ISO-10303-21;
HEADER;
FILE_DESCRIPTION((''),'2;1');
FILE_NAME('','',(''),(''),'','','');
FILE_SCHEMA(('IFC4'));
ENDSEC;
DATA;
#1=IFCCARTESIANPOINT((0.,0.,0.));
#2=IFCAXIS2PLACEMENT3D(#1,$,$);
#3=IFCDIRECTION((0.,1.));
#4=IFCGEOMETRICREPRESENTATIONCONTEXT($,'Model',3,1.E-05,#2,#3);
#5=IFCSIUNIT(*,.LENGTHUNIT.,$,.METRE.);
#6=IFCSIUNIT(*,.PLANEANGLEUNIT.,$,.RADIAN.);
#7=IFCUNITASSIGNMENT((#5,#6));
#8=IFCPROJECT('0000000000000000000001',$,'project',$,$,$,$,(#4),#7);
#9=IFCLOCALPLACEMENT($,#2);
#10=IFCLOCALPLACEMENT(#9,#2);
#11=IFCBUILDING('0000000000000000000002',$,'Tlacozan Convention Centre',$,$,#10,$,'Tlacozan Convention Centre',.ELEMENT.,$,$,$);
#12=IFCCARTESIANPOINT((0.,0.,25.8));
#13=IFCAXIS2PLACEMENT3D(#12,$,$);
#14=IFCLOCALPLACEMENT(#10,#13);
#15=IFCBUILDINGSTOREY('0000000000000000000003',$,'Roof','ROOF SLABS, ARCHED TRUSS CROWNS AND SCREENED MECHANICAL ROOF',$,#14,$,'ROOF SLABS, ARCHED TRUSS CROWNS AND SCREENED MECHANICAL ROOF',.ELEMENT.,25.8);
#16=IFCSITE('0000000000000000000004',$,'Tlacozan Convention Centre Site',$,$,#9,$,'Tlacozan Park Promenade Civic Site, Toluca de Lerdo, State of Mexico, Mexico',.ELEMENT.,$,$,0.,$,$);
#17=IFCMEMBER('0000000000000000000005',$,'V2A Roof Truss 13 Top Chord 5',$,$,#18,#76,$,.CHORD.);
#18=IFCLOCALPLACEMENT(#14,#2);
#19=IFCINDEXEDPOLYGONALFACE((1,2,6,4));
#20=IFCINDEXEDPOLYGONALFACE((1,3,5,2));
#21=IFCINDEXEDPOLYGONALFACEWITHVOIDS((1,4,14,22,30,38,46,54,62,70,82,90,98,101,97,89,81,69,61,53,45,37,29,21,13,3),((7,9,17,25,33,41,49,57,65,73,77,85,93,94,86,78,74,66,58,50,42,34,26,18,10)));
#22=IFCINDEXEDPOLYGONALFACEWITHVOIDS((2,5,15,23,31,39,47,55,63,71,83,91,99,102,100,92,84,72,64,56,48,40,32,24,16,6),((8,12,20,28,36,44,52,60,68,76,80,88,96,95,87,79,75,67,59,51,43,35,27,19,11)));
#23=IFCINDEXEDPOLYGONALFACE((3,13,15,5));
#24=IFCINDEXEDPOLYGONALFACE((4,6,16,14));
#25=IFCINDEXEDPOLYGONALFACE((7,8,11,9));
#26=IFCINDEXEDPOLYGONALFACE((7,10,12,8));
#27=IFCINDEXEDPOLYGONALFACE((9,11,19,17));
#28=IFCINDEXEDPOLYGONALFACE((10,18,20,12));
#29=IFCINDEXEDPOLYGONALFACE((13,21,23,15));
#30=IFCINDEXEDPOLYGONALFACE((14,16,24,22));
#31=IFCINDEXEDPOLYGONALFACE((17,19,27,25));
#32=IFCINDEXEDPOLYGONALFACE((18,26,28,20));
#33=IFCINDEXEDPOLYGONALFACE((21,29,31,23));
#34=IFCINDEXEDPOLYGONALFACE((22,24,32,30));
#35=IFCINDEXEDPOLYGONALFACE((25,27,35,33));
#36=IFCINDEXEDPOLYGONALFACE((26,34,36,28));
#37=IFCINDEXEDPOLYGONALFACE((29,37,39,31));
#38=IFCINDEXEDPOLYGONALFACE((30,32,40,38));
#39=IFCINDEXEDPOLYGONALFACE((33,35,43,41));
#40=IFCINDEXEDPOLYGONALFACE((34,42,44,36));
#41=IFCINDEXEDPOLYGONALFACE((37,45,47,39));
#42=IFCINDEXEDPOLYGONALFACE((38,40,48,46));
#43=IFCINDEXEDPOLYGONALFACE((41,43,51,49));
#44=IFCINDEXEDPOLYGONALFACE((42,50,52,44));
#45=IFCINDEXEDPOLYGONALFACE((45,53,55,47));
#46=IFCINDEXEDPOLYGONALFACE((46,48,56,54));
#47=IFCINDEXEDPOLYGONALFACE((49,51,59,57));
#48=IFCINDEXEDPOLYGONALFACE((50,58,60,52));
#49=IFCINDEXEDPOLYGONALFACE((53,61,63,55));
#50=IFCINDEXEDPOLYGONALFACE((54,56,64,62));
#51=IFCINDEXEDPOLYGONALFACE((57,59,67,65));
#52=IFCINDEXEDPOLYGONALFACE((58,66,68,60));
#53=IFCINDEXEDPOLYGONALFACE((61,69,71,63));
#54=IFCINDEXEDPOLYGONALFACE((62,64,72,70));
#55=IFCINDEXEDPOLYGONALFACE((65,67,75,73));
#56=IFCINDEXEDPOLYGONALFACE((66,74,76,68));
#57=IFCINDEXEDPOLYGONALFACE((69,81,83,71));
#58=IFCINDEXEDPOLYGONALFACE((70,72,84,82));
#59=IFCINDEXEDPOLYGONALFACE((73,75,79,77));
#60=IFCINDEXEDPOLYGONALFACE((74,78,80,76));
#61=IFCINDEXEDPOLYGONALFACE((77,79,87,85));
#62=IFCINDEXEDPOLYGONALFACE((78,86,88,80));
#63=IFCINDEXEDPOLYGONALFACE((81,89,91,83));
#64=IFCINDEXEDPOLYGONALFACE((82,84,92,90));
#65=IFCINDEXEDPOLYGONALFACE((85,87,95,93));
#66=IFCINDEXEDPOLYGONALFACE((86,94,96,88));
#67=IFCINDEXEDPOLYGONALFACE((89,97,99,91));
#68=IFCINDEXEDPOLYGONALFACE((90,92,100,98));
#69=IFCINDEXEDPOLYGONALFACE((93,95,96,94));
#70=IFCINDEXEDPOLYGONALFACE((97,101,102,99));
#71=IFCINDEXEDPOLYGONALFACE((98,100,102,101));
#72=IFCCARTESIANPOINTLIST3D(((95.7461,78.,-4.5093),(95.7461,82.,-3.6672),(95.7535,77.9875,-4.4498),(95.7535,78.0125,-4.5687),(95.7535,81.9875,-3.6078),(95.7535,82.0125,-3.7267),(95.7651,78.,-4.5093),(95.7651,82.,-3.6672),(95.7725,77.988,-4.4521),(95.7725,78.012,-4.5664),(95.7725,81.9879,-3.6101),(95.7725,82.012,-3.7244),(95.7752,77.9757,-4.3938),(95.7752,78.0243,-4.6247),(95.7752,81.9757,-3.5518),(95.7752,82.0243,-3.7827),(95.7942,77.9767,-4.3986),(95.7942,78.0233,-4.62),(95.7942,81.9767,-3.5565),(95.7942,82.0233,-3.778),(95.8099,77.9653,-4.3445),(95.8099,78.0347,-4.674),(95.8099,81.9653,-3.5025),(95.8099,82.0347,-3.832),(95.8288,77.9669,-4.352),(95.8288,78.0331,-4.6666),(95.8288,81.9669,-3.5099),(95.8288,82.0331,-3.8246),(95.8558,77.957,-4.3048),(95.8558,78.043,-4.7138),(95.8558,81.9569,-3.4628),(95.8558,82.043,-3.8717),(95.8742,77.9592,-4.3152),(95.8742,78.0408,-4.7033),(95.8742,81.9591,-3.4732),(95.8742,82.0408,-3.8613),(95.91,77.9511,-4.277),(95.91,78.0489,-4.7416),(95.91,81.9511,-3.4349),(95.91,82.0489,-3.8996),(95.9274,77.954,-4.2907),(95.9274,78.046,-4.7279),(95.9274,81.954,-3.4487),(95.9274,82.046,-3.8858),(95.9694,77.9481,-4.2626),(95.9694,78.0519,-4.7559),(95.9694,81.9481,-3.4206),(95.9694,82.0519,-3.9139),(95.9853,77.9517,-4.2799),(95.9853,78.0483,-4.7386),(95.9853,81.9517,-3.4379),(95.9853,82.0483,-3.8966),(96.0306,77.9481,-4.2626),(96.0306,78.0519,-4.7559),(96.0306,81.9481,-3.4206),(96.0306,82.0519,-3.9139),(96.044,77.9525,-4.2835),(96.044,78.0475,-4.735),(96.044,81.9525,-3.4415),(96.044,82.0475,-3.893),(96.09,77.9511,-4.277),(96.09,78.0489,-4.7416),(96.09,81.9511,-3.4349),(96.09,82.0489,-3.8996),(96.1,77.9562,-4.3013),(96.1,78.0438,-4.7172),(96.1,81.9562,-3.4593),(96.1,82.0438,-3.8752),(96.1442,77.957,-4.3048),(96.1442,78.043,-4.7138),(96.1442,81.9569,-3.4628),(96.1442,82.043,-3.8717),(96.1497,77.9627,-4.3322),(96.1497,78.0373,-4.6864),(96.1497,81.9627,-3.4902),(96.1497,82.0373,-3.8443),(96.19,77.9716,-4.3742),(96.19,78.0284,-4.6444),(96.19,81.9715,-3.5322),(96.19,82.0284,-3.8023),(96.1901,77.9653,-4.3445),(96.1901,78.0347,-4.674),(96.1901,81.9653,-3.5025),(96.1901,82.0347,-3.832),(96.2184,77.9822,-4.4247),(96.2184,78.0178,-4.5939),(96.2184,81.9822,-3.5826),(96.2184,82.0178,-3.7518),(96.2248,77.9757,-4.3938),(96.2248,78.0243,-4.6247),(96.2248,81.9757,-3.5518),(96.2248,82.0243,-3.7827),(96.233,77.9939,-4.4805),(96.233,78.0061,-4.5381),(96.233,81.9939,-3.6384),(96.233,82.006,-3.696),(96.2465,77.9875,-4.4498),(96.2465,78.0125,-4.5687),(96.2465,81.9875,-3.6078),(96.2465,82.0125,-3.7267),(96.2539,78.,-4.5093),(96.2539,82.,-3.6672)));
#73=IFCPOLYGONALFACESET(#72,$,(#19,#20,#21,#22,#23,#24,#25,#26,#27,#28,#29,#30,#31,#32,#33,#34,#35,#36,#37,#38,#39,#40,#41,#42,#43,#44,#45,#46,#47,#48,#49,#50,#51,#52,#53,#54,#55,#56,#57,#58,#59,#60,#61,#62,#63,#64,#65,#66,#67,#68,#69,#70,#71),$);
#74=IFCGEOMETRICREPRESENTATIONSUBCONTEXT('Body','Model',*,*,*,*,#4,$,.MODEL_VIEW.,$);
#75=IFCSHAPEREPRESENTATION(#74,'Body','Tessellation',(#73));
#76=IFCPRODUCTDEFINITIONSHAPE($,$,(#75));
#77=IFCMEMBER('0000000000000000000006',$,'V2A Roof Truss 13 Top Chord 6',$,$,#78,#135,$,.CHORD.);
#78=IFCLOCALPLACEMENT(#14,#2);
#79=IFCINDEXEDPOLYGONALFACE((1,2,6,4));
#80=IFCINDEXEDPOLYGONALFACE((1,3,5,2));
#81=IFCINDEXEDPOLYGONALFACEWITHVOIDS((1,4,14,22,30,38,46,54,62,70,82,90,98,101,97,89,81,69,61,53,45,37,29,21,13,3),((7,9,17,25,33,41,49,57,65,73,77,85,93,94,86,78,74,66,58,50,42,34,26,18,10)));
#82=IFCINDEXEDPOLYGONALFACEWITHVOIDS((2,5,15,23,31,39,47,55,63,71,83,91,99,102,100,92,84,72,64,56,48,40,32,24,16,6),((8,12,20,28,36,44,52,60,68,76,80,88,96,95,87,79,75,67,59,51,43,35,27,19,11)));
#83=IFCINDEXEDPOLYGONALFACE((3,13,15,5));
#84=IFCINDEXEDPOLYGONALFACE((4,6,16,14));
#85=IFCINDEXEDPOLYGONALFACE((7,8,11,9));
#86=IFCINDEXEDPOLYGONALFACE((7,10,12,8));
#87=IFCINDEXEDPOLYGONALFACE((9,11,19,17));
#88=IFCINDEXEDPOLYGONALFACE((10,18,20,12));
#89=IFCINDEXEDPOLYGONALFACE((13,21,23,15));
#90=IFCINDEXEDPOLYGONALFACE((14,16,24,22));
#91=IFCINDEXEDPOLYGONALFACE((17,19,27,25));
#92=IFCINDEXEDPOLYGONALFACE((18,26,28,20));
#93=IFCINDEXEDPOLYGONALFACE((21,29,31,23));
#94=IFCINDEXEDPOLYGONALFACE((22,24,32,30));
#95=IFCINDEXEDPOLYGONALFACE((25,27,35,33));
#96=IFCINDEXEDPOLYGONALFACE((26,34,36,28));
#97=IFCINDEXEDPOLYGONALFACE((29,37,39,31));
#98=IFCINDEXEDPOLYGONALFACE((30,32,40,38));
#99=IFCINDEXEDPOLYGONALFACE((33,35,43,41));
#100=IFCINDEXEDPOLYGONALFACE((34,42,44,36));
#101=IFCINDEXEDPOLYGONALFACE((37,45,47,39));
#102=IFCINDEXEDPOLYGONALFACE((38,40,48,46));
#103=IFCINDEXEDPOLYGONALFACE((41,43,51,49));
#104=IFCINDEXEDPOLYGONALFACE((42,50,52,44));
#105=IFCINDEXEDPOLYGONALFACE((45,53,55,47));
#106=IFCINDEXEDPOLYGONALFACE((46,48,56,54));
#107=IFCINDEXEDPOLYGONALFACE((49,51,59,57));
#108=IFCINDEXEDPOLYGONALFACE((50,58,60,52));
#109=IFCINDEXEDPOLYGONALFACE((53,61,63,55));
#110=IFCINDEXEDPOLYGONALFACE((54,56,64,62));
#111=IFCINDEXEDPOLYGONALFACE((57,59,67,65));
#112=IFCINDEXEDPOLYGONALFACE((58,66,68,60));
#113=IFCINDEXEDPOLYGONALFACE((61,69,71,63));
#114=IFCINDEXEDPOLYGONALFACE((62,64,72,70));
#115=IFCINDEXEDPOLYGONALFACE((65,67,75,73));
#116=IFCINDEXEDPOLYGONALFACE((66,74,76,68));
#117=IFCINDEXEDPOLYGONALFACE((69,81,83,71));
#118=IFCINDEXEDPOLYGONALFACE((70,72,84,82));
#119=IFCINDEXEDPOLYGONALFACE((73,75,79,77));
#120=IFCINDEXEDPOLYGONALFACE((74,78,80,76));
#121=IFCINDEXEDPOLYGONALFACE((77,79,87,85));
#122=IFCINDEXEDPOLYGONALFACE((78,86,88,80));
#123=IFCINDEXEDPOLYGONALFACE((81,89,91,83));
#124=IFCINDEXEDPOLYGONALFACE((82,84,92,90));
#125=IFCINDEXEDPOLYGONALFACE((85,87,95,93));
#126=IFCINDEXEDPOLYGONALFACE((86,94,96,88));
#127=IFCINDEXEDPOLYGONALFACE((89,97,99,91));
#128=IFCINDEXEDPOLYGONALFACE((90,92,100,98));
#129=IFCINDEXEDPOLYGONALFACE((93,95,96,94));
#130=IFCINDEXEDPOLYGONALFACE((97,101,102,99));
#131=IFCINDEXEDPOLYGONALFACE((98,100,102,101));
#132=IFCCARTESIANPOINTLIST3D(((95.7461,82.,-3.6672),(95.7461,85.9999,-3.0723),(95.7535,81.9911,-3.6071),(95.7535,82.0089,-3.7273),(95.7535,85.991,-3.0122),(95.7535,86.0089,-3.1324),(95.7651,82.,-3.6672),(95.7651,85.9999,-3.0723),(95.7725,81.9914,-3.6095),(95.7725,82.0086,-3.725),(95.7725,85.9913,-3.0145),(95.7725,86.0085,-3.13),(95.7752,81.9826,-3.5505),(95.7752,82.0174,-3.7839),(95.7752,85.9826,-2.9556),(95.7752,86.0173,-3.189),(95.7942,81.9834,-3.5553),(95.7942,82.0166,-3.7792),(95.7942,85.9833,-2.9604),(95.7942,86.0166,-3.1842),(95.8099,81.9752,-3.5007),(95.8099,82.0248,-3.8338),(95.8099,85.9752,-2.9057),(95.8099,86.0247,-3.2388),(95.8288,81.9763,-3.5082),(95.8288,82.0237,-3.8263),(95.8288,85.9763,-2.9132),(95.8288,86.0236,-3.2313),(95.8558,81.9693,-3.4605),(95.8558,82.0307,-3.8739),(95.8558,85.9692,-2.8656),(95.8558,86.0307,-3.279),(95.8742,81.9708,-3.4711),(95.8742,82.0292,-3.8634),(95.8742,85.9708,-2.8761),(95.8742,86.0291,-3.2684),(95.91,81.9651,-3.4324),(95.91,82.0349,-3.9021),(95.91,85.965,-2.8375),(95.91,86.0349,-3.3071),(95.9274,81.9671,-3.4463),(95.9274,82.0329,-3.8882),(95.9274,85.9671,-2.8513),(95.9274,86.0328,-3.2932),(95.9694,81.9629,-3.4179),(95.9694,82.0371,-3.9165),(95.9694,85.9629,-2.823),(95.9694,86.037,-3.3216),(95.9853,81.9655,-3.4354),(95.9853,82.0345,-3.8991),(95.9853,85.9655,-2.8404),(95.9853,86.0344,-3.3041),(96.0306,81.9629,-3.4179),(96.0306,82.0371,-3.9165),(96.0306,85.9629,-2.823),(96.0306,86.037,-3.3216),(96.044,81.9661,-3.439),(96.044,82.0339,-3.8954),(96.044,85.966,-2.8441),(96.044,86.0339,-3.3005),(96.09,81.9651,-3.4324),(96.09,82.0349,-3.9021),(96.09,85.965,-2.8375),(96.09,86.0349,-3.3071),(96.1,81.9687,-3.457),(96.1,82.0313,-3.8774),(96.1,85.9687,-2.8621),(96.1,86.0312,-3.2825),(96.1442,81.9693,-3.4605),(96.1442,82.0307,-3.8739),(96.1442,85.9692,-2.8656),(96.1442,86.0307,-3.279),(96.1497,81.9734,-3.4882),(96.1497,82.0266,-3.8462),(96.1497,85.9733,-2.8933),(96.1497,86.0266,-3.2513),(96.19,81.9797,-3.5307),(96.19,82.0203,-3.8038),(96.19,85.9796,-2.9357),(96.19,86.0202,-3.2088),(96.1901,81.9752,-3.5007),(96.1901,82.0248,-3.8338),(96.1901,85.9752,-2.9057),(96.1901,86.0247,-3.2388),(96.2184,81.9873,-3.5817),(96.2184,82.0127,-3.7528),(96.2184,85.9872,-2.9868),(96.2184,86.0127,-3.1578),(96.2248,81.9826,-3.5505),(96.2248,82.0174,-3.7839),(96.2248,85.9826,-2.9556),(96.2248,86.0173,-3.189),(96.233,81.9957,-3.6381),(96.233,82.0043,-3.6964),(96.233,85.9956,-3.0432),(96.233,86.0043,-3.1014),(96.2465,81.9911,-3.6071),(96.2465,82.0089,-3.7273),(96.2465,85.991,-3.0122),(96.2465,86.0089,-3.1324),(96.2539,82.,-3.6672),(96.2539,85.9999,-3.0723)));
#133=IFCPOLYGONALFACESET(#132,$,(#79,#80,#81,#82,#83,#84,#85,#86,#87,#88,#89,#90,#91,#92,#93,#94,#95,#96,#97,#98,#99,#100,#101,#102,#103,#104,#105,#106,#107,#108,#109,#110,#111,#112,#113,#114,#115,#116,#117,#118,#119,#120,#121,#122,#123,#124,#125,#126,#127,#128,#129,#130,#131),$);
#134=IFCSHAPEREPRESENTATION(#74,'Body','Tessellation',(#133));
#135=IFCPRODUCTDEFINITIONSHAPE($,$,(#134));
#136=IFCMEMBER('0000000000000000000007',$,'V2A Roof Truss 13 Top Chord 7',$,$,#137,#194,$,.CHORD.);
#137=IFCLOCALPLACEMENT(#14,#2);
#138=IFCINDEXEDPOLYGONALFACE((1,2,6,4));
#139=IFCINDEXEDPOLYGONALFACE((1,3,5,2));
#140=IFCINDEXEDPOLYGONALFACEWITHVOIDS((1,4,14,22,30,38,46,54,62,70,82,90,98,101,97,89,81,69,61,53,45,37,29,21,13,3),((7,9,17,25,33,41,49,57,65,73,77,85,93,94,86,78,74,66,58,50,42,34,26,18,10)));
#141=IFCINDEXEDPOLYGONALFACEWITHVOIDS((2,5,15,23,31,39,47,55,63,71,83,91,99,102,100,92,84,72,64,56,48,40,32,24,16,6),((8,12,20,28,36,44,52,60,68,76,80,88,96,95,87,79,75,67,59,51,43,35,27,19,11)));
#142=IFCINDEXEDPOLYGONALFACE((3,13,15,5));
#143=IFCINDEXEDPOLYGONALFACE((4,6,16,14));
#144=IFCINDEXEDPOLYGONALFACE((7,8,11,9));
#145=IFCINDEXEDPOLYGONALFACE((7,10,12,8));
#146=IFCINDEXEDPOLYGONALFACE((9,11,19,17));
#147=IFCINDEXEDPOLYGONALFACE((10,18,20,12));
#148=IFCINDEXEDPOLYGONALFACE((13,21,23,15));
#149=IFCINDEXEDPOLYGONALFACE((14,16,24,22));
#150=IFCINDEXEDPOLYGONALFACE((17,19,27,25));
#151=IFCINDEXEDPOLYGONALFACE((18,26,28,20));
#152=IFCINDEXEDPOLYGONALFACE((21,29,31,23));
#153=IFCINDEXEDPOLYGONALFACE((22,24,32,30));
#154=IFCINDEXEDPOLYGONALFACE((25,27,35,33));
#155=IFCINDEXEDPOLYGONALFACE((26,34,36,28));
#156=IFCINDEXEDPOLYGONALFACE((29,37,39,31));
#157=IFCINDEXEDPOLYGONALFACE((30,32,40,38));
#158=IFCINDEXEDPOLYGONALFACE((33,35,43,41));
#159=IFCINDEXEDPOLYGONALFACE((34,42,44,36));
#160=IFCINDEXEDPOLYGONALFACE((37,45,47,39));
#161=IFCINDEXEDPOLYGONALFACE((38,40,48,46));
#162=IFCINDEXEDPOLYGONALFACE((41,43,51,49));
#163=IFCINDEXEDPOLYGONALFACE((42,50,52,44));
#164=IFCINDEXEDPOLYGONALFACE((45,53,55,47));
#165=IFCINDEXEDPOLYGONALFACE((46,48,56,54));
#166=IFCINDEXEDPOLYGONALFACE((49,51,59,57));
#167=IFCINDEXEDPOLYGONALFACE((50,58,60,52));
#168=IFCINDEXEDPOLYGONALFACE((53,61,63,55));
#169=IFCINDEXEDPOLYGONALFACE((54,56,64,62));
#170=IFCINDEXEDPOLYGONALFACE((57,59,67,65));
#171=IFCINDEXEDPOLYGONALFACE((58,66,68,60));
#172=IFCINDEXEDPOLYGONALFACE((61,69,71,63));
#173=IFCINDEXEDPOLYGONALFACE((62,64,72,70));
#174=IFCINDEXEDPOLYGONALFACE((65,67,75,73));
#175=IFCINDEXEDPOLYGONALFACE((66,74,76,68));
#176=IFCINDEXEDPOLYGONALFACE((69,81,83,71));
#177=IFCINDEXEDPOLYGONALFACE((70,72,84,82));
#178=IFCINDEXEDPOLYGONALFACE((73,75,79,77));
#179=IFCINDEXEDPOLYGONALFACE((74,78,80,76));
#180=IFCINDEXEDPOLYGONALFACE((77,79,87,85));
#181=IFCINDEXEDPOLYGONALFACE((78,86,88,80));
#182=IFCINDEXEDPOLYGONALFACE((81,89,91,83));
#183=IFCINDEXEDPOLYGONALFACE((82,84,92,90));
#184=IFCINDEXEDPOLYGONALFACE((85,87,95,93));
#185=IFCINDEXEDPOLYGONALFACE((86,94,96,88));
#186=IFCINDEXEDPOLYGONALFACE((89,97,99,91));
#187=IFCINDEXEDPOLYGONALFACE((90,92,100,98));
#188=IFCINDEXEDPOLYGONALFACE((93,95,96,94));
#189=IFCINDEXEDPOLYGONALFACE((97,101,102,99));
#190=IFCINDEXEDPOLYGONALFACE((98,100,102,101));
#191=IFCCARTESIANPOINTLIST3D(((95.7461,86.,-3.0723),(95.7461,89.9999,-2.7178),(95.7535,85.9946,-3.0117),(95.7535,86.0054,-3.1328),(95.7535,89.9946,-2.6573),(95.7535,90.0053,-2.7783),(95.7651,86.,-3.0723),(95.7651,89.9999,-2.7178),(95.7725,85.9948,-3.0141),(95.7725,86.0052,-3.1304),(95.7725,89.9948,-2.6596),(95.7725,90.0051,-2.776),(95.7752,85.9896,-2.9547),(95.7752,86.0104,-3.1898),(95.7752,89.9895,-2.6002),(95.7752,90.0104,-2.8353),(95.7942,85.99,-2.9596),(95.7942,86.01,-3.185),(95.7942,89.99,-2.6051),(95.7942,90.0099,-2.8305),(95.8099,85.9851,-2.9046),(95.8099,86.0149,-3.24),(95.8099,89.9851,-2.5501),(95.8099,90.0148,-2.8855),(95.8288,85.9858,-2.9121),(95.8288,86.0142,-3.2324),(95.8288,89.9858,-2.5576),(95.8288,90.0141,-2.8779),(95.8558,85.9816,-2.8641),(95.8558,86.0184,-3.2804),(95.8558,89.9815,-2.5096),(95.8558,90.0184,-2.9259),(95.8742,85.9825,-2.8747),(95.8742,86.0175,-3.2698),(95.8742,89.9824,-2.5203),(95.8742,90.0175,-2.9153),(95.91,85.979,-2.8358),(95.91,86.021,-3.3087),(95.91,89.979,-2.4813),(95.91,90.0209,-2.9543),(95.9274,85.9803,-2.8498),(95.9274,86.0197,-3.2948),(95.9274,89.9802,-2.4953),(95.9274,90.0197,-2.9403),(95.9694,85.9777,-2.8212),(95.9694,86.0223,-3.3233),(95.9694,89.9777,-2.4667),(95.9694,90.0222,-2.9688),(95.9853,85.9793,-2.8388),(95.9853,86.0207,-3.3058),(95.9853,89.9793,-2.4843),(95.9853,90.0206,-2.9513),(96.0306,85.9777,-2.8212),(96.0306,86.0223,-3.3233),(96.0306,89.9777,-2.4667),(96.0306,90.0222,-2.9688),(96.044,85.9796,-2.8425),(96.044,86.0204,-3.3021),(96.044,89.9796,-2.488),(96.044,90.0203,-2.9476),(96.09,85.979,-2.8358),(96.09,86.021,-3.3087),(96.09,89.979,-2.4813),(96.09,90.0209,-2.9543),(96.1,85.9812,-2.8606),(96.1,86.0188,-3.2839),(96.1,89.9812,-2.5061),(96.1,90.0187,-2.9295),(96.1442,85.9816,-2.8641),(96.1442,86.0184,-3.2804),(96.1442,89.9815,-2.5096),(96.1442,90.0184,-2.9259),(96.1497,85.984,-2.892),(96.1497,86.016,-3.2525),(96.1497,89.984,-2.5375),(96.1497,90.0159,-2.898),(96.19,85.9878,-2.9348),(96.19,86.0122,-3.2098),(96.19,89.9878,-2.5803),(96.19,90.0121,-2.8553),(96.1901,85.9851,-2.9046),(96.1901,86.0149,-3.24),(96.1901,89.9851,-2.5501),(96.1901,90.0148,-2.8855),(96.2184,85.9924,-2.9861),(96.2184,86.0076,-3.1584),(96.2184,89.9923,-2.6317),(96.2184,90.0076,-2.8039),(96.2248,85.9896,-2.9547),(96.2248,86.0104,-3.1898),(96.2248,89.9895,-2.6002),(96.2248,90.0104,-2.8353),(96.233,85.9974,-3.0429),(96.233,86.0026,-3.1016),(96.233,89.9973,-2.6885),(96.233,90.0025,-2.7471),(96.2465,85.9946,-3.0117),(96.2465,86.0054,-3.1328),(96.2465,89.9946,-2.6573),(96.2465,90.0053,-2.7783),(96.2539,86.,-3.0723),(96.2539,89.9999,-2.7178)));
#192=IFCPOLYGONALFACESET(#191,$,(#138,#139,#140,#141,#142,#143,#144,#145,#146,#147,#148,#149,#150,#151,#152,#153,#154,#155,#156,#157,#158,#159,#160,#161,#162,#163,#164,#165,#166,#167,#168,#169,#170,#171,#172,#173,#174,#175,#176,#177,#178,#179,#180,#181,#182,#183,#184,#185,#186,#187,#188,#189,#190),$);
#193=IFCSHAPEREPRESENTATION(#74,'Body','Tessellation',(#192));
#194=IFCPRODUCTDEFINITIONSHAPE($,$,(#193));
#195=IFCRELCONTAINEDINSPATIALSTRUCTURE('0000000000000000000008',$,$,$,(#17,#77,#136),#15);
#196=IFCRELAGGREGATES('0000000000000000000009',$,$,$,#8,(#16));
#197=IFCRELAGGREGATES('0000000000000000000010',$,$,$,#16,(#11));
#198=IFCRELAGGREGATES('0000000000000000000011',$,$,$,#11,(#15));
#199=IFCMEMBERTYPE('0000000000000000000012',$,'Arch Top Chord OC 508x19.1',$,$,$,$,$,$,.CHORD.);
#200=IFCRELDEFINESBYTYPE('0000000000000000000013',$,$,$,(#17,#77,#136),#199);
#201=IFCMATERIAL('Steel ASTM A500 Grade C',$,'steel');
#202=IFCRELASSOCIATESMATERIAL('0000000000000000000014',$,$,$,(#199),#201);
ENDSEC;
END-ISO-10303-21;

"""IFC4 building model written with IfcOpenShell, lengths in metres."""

from ifc_helpers import new_model, si_unit, direction, frame, origin, origin_2d, place, context, subcontext, project, spatial, hollow_circle, extrude, material, material_profile, profile_set, type_object, element, save


model = new_model("IFC4")

# Units and contexts
model_context = context("Model", 3, precision=1e-05, world=origin(), true_north=direction((0.0, 1.0)))
body_context = subcontext(model_context, "Body", "Model", "MODEL_VIEW")
ifc_project = project(units=[si_unit("LENGTHUNIT", "METRE"), si_unit("PLANEANGLEUNIT", "RADIAN")], contexts=[model_context])

# Site, building, storey
site_placement = place(None, origin())
site = spatial("IfcSite", under=ifc_project, at=site_placement, Name="Tlacozan Convention Centre Site", LongName="Tlacozan Park Promenade Civic Site, Toluca de Lerdo, State of Mexico, Mexico", CompositionType="ELEMENT", RefElevation=0.0)
building_placement = place(site_placement, origin())
building = spatial("IfcBuilding", under=site, at=building_placement, Name="Tlacozan Convention Centre", LongName="Tlacozan Convention Centre", CompositionType="ELEMENT")
storey_placement = place(building_placement, frame((0.0, 0.0, 25.8)))
storey = spatial("IfcBuildingStorey", under=building, at=storey_placement, Name="Roof", Description="ROOF SLABS, ARCHED TRUSS CROWNS AND SCREENED MECHANICAL ROOF", LongName="ROOF SLABS, ARCHED TRUSS CROWNS AND SCREENED MECHANICAL ROOF", CompositionType="ELEMENT", Elevation=25.8)

# Members
ifc_material_1 = material(Name="Steel ASTM A500 Grade C", Category="steel")
ifc_material_profile_1 = material_profile(ifc_material_1, hollow_circle(Radius=0.2539, WallThickness=0.019, at=origin_2d()), Name="OC 508.0x19.1")
ifc_profile_set_1 = profile_set([ifc_material_profile_1], Name="Steel ASTM A500 Grade C")
member_type_1 = type_object("IfcMemberType", Name="Arch Top Chord OC 508x19.1", PredefinedType="CHORD", material=ifc_profile_set_1)
member_1_placement = place(storey_placement, frame((96.0, 78.0, -4.5093), z_axis=(0.0, 0.978553, 0.205995), x_axis=(-1.0, 0.0, 0.0)))
element("IfcMember", 1, at=member_1_placement, inside=storey, type_object=member_type_1, Name="V2A Roof Truss 13 Top Chord 5", PredefinedType="CHORD", context=body_context, shape_type="SweptSolid", body=[
    extrude(hollow_circle(Radius=0.2539, WallThickness=0.019, at=origin_2d()), origin(), (0.0, 0.0, 1.0), 4.0876),
])
member_2_placement = place(storey_placement, frame((96.0, 82.0, -3.6672), z_axis=(0.0, 0.989118, 0.147124), x_axis=(-1.0, 0.0, 0.0)))
element("IfcMember", 2, at=member_2_placement, inside=storey, type_object=member_type_1, Name="V2A Roof Truss 13 Top Chord 6", PredefinedType="CHORD", context=body_context, shape_type="SweptSolid", body=[
    extrude(hollow_circle(Radius=0.2539, WallThickness=0.019, at=origin_2d()), origin(), (0.0, 0.0, 1.0), 4.0439),
])
member_3_placement = place(storey_placement, frame((96.0, 86.0, -3.0723), z_axis=(0.0, 0.996096, 0.088277), x_axis=(-1.0, 0.0, 0.0)))
element("IfcMember", 3, at=member_3_placement, inside=storey, type_object=member_type_1, Name="V2A Roof Truss 13 Top Chord 7", PredefinedType="CHORD", context=body_context, shape_type="SweptSolid", body=[
    extrude(hollow_circle(Radius=0.2539, WallThickness=0.019, at=origin_2d()), origin(), (0.0, 0.0, 1.0), 4.0156),
])

save(model, "model.ifc")
